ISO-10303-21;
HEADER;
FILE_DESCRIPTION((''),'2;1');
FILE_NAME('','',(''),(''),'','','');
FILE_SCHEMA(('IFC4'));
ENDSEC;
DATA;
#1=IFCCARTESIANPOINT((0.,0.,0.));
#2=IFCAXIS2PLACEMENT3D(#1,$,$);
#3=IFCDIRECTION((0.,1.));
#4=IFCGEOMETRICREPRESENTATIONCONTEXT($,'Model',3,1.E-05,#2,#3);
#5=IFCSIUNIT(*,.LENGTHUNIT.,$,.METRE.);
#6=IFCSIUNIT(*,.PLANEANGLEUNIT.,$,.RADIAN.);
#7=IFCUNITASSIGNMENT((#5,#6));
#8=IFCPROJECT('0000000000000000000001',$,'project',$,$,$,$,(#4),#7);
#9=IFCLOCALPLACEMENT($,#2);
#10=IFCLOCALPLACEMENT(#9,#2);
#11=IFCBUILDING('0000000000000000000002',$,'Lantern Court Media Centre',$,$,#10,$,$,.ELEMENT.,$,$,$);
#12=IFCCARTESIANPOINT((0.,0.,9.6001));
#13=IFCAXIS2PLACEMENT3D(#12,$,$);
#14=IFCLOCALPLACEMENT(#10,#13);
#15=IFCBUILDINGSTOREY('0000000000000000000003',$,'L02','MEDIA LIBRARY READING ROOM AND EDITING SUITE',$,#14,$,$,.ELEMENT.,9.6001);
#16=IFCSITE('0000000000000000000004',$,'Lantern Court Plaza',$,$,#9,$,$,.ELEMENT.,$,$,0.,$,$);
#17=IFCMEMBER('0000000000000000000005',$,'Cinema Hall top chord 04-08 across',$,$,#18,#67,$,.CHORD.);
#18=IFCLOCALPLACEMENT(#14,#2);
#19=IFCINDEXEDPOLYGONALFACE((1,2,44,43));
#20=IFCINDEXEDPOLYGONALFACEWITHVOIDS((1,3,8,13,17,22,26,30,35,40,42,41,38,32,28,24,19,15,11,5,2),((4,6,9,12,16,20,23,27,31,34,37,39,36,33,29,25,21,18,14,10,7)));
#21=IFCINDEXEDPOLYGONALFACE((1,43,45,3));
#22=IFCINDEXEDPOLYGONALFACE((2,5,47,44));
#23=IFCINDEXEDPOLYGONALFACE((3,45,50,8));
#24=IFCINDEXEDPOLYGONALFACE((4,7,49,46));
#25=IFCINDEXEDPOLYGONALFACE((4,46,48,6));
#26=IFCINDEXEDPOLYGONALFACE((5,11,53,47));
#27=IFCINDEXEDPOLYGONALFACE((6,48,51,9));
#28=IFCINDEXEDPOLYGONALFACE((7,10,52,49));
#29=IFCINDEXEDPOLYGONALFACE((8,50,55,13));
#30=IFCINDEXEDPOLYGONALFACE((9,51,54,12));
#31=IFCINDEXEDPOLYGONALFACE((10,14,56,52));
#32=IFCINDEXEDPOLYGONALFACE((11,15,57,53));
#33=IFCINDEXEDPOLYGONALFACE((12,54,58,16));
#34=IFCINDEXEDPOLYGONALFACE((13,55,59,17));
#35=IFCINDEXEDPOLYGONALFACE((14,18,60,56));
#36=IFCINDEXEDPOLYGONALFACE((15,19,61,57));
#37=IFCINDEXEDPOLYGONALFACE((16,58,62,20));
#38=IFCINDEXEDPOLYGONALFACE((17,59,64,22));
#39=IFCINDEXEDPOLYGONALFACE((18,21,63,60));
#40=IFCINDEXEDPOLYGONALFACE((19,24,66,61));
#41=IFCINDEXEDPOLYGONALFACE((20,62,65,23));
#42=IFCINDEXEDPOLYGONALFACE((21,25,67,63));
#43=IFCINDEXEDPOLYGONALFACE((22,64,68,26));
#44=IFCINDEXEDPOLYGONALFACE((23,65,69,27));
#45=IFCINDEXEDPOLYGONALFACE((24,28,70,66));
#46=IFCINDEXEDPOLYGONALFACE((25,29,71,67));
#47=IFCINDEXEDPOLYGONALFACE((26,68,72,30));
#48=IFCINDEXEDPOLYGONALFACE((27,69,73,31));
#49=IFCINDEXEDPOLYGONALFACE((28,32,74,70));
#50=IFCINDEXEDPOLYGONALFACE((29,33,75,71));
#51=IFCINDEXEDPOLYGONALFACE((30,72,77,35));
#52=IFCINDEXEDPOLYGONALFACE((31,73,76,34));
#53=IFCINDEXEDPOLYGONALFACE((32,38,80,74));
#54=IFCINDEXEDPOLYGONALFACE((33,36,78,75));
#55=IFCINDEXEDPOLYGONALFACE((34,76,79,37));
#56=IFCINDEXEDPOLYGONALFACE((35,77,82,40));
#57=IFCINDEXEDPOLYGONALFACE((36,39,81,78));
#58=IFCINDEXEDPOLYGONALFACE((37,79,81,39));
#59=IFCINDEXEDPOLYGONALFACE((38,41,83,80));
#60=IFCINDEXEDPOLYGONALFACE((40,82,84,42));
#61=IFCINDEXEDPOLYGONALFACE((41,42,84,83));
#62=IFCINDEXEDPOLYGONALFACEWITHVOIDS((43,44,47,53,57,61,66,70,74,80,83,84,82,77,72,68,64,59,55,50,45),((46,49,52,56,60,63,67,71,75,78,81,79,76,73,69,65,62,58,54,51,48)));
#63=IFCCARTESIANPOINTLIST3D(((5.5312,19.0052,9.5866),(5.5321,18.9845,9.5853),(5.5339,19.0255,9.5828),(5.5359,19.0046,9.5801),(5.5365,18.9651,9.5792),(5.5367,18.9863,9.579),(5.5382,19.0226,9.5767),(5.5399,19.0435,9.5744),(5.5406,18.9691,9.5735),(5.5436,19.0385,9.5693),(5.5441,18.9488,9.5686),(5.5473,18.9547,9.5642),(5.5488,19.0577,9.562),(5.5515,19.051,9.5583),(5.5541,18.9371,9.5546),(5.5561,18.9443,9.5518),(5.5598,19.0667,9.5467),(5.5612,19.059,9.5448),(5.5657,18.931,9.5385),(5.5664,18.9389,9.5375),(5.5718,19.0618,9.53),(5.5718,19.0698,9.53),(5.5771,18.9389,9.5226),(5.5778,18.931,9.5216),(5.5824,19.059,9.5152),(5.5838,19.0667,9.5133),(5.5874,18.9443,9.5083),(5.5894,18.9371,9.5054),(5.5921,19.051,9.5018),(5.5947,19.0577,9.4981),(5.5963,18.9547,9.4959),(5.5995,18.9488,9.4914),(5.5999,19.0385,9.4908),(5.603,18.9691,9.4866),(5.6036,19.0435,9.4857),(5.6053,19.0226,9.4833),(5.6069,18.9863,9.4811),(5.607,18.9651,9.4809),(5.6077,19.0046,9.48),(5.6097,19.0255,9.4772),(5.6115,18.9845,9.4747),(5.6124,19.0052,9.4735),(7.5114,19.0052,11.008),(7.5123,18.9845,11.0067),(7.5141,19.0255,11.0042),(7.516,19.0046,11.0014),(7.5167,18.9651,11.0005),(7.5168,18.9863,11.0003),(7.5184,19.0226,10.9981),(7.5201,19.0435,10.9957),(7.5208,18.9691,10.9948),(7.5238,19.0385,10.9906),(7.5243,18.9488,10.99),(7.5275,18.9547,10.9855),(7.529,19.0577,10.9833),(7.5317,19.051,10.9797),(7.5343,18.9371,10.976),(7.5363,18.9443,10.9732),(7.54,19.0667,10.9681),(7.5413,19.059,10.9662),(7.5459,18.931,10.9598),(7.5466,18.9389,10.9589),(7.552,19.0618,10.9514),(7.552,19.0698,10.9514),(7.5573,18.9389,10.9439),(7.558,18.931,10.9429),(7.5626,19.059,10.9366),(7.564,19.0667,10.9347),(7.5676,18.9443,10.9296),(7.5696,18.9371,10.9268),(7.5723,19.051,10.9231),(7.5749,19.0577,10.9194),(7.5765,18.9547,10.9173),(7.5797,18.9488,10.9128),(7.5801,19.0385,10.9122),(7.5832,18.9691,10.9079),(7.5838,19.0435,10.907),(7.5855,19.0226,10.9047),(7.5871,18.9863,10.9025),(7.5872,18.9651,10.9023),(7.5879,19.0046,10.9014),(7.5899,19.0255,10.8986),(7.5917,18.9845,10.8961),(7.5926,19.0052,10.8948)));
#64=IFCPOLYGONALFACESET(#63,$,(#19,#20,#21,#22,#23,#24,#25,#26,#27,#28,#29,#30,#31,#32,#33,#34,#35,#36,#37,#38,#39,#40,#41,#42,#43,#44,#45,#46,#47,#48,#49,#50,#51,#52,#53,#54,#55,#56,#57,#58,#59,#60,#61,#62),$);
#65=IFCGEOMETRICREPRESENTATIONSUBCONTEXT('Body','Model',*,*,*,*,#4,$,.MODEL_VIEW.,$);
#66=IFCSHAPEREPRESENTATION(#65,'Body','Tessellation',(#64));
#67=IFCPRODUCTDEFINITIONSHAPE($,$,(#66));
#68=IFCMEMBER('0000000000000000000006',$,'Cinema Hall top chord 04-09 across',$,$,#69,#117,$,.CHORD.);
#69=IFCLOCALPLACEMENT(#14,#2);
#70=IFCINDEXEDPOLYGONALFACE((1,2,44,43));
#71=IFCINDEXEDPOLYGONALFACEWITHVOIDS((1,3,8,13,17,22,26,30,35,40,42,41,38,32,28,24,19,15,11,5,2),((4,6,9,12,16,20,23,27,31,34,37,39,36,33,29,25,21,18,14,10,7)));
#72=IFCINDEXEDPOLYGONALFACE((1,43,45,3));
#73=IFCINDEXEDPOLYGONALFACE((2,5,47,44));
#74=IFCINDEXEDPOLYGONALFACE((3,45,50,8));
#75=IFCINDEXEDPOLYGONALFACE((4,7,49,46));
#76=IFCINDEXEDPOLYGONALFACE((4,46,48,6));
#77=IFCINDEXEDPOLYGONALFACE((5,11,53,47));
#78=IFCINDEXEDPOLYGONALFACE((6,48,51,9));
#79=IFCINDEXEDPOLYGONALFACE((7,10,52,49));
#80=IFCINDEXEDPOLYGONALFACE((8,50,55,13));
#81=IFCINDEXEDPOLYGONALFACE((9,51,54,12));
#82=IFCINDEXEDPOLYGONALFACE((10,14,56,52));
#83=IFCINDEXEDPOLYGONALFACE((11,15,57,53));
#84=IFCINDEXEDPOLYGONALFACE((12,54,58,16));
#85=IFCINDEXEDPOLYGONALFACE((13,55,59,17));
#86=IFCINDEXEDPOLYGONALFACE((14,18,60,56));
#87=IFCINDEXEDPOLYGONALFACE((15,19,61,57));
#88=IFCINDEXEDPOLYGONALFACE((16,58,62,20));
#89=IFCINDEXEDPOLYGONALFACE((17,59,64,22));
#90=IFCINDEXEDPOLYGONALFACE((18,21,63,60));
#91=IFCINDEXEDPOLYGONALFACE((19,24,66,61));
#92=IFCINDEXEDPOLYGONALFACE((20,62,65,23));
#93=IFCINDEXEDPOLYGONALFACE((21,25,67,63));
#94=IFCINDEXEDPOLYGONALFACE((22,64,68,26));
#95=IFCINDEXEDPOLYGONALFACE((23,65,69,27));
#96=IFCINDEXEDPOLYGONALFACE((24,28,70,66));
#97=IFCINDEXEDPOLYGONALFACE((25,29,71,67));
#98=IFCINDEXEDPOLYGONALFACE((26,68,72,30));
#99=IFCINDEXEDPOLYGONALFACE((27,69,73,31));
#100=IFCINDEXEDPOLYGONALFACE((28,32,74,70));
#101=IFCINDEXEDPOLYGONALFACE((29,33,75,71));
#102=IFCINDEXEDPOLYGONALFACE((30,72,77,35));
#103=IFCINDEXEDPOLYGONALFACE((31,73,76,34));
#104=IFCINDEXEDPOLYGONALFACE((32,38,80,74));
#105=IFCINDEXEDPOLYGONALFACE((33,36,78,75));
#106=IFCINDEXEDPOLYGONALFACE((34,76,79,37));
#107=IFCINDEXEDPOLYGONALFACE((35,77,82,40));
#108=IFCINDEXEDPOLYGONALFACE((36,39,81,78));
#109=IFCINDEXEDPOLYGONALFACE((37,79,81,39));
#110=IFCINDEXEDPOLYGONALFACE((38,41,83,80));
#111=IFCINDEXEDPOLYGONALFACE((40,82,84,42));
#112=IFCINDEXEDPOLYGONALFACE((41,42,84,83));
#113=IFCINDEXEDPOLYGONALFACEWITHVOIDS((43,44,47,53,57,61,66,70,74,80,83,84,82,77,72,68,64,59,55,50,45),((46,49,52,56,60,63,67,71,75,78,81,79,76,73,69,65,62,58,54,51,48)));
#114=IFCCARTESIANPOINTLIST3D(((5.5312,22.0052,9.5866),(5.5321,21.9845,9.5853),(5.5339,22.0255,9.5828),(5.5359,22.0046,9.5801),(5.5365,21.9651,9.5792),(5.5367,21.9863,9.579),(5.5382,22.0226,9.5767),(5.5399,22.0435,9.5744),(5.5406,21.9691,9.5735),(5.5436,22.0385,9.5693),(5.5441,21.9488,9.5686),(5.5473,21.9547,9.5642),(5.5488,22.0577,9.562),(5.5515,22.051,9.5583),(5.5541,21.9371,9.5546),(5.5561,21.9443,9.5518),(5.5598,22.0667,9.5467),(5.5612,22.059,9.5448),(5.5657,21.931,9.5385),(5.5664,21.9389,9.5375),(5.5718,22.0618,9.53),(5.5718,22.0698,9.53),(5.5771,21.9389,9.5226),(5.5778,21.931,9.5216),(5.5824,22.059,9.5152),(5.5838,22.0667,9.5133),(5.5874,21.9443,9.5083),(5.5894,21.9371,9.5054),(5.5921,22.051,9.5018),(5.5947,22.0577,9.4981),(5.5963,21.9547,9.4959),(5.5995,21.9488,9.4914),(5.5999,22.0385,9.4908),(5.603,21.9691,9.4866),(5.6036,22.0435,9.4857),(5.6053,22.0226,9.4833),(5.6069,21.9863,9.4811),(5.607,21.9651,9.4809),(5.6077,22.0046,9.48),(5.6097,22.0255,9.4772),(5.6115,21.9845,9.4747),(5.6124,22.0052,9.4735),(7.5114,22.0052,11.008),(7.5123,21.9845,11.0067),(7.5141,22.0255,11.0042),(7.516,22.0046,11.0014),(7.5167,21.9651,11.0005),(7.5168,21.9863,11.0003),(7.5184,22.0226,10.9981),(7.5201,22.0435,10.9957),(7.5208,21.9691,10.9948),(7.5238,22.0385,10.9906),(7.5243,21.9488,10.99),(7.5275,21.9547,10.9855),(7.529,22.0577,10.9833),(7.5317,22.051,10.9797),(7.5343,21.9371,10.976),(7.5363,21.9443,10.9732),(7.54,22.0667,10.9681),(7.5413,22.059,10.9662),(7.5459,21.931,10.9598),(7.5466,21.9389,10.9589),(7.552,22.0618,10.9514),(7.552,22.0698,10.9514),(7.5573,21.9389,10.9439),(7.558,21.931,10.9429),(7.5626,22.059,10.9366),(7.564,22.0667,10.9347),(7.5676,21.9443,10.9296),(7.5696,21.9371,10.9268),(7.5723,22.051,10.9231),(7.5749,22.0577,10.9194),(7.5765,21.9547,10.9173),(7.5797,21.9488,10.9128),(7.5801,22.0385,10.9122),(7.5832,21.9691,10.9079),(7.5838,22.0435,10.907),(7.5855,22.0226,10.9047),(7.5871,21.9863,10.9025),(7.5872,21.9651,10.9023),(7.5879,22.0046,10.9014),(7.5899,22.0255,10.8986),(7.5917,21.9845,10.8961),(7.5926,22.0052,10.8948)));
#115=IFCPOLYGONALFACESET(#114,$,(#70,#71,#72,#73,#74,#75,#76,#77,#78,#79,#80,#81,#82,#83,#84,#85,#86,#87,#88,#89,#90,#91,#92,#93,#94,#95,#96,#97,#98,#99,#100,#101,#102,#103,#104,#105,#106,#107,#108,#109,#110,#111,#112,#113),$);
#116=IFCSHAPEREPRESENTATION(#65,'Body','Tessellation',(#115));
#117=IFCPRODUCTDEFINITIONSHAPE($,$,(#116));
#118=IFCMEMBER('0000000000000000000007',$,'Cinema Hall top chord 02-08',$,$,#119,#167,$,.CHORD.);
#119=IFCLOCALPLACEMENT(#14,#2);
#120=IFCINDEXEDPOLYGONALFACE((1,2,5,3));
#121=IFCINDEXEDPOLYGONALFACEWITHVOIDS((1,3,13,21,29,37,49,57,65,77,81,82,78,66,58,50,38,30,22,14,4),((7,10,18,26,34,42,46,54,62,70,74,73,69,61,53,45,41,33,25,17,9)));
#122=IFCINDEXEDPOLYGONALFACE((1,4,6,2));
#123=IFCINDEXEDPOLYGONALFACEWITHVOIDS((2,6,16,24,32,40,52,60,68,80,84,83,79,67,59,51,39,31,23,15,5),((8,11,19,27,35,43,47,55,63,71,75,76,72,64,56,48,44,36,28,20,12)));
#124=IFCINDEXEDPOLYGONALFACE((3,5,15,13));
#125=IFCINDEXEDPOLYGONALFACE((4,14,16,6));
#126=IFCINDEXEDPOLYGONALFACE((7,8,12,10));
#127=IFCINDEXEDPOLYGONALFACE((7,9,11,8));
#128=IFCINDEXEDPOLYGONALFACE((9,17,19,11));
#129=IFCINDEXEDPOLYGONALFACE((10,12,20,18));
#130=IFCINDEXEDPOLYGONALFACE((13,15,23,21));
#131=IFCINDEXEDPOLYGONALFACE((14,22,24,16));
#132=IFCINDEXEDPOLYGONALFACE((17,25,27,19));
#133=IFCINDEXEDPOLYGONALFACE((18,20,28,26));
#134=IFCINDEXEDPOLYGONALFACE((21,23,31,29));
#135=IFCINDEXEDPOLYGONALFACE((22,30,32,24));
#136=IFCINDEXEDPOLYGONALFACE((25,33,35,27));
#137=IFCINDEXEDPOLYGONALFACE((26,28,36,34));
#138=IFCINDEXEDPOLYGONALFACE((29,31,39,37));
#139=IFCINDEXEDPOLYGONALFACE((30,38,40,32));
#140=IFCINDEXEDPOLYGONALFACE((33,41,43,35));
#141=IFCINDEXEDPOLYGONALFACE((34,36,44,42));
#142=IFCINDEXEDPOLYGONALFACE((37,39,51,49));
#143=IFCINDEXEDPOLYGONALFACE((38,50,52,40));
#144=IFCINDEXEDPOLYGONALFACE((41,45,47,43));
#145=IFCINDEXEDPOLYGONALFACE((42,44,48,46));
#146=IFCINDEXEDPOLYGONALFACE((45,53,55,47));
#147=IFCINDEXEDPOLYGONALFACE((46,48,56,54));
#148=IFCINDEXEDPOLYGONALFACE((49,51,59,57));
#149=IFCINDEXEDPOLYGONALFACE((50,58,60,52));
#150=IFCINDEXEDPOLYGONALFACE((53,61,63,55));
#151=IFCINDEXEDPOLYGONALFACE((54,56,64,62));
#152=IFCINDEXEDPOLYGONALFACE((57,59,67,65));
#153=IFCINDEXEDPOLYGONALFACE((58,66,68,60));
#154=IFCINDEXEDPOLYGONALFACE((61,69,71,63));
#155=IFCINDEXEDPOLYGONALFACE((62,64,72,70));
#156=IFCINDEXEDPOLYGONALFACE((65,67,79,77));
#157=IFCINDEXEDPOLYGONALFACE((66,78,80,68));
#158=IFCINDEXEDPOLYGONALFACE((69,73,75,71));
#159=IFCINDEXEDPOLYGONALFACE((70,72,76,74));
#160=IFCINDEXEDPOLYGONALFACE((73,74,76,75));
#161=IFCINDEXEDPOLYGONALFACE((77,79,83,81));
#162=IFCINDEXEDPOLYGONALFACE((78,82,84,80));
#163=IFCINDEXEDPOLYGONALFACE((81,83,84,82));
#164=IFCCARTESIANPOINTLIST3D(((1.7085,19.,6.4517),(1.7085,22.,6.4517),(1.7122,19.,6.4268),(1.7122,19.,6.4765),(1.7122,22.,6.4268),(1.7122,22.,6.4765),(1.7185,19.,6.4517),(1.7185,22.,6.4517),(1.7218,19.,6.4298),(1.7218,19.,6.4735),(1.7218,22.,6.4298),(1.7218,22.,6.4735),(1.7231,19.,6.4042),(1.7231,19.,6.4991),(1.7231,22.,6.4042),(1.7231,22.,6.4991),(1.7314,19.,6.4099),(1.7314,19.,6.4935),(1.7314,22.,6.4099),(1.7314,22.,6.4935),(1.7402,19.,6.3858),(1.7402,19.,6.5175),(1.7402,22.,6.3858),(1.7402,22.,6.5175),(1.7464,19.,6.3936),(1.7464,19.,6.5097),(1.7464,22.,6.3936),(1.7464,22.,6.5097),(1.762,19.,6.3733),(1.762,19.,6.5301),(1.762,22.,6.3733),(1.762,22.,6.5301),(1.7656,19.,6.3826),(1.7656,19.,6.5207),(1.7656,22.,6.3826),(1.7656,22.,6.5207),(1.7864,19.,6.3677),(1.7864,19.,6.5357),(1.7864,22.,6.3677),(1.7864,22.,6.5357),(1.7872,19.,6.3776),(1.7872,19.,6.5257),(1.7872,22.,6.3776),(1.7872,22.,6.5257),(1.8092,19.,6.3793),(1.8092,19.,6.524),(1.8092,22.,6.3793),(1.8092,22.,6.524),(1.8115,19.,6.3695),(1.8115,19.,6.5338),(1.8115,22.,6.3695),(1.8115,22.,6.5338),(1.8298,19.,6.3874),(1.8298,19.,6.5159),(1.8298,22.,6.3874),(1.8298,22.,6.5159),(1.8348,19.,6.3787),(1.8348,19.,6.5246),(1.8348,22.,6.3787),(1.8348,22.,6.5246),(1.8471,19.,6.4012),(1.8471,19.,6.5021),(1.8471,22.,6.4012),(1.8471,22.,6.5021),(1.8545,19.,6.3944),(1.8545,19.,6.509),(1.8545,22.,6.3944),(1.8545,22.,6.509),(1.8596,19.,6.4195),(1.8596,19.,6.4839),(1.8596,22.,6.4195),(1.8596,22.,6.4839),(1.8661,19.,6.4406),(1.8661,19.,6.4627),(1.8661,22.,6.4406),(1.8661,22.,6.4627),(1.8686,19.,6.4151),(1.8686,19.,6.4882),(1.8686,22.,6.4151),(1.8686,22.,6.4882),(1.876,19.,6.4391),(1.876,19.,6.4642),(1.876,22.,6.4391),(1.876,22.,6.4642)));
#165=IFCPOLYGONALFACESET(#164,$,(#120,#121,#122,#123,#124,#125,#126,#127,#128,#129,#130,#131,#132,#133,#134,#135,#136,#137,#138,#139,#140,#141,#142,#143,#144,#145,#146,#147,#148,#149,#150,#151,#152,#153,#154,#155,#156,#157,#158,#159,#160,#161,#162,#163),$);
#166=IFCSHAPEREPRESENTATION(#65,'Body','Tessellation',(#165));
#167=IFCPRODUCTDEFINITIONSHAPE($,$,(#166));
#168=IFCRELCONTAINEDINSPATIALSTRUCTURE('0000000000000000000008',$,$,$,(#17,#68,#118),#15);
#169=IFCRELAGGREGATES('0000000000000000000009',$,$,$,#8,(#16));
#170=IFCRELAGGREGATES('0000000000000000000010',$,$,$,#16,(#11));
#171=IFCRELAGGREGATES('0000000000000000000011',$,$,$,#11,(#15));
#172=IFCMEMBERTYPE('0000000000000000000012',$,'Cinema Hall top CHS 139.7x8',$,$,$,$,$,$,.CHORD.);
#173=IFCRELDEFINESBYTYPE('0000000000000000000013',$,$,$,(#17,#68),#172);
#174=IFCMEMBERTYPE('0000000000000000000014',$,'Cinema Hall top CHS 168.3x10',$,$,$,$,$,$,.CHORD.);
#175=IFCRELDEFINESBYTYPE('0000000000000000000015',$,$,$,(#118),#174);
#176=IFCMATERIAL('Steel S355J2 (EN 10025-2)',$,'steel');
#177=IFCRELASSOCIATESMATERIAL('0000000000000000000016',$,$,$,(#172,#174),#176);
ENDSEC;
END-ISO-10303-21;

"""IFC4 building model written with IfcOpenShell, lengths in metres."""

from ifc_helpers import new_model, si_unit, direction, frame, origin, origin_2d, place, context, subcontext, project, spatial, hollow_circle, extrude, material, material_profile, profile_set, type_object, element, save


model = new_model("IFC4")

# Units and contexts
model_context = context("Model", 3, precision=1e-05, world=origin(), true_north=direction((0.0, 1.0)))
body_context = subcontext(model_context, "Body", "Model", "MODEL_VIEW")
ifc_project = project(units=[si_unit("LENGTHUNIT", "METRE"), si_unit("PLANEANGLEUNIT", "RADIAN")], contexts=[model_context])

# Site, building, storey
site_placement = place(None, origin())
site = spatial("IfcSite", under=ifc_project, at=site_placement, Name="Lantern Court Plaza", CompositionType="ELEMENT", RefElevation=0.0)
building_placement = place(site_placement, origin())
building = spatial("IfcBuilding", under=site, at=building_placement, Name="Lantern Court Media Centre", CompositionType="ELEMENT")
storey_placement = place(building_placement, frame((0.0, 0.0, 9.6001)))
storey = spatial("IfcBuildingStorey", under=building, at=storey_placement, Name="L02", Description="MEDIA LIBRARY READING ROOM AND EDITING SUITE", CompositionType="ELEMENT", Elevation=9.6001)

# Members
ifc_material = material(Name="Steel S355J2 (EN 10025-2)", Category="steel")
ifc_material_profile_1 = material_profile(ifc_material, hollow_circle(Radius=0.0698, WallThickness=0.0081, at=origin_2d()), Name="Cinema Hall top CHS 139.7x8")
ifc_profile_set_1 = profile_set([ifc_material_profile_1], Name="Steel S355J2 (EN 10025-2)")
member_type_1 = type_object("IfcMemberType", Name="Cinema Hall top CHS 139.7x8", PredefinedType="CHORD", material=ifc_profile_set_1)
for number, where, z_axis, x_axis, name in (
    (1, (5.5718, 19.0, 9.53), (0.812385, 0.0, 0.583122), (0.0, 1.0, 0.0), "Cinema Hall top chord 04-08 across"),
    (2, (5.5718, 22.0, 9.53), (0.812385, 0.0, 0.583122), (0.0, 1.0, 0.0), "Cinema Hall top chord 04-09 across"),
):
    element("IfcMember", number, at=place(storey_placement, frame(where, z_axis=z_axis, x_axis=x_axis)), inside=storey, type_object=member_type_1, Name=name, PredefinedType="CHORD", context=body_context, shape_type="SweptSolid", body=[
        extrude(hollow_circle(Radius=0.0698, WallThickness=0.0081, at=origin_2d()), origin(), (0.0, 0.0, 1.0), 2.4375),
    ])
ifc_material_profile_2 = material_profile(ifc_material, hollow_circle(Radius=0.0842, WallThickness=0.01, at=origin_2d()), Name="Cinema Hall top CHS 168.3x10")
ifc_profile_set_2 = profile_set([ifc_material_profile_2], Name="Steel S355J2 (EN 10025-2)")
member_type_2 = type_object("IfcMemberType", Name="Cinema Hall top CHS 168.3x10", PredefinedType="CHORD", material=ifc_profile_set_2)
for number, where, z_axis, x_axis, name in (
    (3, (1.7927, 19.0, 6.4517), (0.0, 1.0, 0.0), (-1.0, 0.0, 0.0), "Cinema Hall top chord 02-08"),
):
    element("IfcMember", number, at=place(storey_placement, frame(where, z_axis=z_axis, x_axis=x_axis)), inside=storey, type_object=member_type_2, Name=name, PredefinedType="CHORD", context=body_context, shape_type="SweptSolid", body=[
        extrude(hollow_circle(Radius=0.0842, WallThickness=0.01, at=origin_2d()), origin(), (0.0, 0.0, 1.0), 3.0),
    ])

save(model, "model.ifc")
